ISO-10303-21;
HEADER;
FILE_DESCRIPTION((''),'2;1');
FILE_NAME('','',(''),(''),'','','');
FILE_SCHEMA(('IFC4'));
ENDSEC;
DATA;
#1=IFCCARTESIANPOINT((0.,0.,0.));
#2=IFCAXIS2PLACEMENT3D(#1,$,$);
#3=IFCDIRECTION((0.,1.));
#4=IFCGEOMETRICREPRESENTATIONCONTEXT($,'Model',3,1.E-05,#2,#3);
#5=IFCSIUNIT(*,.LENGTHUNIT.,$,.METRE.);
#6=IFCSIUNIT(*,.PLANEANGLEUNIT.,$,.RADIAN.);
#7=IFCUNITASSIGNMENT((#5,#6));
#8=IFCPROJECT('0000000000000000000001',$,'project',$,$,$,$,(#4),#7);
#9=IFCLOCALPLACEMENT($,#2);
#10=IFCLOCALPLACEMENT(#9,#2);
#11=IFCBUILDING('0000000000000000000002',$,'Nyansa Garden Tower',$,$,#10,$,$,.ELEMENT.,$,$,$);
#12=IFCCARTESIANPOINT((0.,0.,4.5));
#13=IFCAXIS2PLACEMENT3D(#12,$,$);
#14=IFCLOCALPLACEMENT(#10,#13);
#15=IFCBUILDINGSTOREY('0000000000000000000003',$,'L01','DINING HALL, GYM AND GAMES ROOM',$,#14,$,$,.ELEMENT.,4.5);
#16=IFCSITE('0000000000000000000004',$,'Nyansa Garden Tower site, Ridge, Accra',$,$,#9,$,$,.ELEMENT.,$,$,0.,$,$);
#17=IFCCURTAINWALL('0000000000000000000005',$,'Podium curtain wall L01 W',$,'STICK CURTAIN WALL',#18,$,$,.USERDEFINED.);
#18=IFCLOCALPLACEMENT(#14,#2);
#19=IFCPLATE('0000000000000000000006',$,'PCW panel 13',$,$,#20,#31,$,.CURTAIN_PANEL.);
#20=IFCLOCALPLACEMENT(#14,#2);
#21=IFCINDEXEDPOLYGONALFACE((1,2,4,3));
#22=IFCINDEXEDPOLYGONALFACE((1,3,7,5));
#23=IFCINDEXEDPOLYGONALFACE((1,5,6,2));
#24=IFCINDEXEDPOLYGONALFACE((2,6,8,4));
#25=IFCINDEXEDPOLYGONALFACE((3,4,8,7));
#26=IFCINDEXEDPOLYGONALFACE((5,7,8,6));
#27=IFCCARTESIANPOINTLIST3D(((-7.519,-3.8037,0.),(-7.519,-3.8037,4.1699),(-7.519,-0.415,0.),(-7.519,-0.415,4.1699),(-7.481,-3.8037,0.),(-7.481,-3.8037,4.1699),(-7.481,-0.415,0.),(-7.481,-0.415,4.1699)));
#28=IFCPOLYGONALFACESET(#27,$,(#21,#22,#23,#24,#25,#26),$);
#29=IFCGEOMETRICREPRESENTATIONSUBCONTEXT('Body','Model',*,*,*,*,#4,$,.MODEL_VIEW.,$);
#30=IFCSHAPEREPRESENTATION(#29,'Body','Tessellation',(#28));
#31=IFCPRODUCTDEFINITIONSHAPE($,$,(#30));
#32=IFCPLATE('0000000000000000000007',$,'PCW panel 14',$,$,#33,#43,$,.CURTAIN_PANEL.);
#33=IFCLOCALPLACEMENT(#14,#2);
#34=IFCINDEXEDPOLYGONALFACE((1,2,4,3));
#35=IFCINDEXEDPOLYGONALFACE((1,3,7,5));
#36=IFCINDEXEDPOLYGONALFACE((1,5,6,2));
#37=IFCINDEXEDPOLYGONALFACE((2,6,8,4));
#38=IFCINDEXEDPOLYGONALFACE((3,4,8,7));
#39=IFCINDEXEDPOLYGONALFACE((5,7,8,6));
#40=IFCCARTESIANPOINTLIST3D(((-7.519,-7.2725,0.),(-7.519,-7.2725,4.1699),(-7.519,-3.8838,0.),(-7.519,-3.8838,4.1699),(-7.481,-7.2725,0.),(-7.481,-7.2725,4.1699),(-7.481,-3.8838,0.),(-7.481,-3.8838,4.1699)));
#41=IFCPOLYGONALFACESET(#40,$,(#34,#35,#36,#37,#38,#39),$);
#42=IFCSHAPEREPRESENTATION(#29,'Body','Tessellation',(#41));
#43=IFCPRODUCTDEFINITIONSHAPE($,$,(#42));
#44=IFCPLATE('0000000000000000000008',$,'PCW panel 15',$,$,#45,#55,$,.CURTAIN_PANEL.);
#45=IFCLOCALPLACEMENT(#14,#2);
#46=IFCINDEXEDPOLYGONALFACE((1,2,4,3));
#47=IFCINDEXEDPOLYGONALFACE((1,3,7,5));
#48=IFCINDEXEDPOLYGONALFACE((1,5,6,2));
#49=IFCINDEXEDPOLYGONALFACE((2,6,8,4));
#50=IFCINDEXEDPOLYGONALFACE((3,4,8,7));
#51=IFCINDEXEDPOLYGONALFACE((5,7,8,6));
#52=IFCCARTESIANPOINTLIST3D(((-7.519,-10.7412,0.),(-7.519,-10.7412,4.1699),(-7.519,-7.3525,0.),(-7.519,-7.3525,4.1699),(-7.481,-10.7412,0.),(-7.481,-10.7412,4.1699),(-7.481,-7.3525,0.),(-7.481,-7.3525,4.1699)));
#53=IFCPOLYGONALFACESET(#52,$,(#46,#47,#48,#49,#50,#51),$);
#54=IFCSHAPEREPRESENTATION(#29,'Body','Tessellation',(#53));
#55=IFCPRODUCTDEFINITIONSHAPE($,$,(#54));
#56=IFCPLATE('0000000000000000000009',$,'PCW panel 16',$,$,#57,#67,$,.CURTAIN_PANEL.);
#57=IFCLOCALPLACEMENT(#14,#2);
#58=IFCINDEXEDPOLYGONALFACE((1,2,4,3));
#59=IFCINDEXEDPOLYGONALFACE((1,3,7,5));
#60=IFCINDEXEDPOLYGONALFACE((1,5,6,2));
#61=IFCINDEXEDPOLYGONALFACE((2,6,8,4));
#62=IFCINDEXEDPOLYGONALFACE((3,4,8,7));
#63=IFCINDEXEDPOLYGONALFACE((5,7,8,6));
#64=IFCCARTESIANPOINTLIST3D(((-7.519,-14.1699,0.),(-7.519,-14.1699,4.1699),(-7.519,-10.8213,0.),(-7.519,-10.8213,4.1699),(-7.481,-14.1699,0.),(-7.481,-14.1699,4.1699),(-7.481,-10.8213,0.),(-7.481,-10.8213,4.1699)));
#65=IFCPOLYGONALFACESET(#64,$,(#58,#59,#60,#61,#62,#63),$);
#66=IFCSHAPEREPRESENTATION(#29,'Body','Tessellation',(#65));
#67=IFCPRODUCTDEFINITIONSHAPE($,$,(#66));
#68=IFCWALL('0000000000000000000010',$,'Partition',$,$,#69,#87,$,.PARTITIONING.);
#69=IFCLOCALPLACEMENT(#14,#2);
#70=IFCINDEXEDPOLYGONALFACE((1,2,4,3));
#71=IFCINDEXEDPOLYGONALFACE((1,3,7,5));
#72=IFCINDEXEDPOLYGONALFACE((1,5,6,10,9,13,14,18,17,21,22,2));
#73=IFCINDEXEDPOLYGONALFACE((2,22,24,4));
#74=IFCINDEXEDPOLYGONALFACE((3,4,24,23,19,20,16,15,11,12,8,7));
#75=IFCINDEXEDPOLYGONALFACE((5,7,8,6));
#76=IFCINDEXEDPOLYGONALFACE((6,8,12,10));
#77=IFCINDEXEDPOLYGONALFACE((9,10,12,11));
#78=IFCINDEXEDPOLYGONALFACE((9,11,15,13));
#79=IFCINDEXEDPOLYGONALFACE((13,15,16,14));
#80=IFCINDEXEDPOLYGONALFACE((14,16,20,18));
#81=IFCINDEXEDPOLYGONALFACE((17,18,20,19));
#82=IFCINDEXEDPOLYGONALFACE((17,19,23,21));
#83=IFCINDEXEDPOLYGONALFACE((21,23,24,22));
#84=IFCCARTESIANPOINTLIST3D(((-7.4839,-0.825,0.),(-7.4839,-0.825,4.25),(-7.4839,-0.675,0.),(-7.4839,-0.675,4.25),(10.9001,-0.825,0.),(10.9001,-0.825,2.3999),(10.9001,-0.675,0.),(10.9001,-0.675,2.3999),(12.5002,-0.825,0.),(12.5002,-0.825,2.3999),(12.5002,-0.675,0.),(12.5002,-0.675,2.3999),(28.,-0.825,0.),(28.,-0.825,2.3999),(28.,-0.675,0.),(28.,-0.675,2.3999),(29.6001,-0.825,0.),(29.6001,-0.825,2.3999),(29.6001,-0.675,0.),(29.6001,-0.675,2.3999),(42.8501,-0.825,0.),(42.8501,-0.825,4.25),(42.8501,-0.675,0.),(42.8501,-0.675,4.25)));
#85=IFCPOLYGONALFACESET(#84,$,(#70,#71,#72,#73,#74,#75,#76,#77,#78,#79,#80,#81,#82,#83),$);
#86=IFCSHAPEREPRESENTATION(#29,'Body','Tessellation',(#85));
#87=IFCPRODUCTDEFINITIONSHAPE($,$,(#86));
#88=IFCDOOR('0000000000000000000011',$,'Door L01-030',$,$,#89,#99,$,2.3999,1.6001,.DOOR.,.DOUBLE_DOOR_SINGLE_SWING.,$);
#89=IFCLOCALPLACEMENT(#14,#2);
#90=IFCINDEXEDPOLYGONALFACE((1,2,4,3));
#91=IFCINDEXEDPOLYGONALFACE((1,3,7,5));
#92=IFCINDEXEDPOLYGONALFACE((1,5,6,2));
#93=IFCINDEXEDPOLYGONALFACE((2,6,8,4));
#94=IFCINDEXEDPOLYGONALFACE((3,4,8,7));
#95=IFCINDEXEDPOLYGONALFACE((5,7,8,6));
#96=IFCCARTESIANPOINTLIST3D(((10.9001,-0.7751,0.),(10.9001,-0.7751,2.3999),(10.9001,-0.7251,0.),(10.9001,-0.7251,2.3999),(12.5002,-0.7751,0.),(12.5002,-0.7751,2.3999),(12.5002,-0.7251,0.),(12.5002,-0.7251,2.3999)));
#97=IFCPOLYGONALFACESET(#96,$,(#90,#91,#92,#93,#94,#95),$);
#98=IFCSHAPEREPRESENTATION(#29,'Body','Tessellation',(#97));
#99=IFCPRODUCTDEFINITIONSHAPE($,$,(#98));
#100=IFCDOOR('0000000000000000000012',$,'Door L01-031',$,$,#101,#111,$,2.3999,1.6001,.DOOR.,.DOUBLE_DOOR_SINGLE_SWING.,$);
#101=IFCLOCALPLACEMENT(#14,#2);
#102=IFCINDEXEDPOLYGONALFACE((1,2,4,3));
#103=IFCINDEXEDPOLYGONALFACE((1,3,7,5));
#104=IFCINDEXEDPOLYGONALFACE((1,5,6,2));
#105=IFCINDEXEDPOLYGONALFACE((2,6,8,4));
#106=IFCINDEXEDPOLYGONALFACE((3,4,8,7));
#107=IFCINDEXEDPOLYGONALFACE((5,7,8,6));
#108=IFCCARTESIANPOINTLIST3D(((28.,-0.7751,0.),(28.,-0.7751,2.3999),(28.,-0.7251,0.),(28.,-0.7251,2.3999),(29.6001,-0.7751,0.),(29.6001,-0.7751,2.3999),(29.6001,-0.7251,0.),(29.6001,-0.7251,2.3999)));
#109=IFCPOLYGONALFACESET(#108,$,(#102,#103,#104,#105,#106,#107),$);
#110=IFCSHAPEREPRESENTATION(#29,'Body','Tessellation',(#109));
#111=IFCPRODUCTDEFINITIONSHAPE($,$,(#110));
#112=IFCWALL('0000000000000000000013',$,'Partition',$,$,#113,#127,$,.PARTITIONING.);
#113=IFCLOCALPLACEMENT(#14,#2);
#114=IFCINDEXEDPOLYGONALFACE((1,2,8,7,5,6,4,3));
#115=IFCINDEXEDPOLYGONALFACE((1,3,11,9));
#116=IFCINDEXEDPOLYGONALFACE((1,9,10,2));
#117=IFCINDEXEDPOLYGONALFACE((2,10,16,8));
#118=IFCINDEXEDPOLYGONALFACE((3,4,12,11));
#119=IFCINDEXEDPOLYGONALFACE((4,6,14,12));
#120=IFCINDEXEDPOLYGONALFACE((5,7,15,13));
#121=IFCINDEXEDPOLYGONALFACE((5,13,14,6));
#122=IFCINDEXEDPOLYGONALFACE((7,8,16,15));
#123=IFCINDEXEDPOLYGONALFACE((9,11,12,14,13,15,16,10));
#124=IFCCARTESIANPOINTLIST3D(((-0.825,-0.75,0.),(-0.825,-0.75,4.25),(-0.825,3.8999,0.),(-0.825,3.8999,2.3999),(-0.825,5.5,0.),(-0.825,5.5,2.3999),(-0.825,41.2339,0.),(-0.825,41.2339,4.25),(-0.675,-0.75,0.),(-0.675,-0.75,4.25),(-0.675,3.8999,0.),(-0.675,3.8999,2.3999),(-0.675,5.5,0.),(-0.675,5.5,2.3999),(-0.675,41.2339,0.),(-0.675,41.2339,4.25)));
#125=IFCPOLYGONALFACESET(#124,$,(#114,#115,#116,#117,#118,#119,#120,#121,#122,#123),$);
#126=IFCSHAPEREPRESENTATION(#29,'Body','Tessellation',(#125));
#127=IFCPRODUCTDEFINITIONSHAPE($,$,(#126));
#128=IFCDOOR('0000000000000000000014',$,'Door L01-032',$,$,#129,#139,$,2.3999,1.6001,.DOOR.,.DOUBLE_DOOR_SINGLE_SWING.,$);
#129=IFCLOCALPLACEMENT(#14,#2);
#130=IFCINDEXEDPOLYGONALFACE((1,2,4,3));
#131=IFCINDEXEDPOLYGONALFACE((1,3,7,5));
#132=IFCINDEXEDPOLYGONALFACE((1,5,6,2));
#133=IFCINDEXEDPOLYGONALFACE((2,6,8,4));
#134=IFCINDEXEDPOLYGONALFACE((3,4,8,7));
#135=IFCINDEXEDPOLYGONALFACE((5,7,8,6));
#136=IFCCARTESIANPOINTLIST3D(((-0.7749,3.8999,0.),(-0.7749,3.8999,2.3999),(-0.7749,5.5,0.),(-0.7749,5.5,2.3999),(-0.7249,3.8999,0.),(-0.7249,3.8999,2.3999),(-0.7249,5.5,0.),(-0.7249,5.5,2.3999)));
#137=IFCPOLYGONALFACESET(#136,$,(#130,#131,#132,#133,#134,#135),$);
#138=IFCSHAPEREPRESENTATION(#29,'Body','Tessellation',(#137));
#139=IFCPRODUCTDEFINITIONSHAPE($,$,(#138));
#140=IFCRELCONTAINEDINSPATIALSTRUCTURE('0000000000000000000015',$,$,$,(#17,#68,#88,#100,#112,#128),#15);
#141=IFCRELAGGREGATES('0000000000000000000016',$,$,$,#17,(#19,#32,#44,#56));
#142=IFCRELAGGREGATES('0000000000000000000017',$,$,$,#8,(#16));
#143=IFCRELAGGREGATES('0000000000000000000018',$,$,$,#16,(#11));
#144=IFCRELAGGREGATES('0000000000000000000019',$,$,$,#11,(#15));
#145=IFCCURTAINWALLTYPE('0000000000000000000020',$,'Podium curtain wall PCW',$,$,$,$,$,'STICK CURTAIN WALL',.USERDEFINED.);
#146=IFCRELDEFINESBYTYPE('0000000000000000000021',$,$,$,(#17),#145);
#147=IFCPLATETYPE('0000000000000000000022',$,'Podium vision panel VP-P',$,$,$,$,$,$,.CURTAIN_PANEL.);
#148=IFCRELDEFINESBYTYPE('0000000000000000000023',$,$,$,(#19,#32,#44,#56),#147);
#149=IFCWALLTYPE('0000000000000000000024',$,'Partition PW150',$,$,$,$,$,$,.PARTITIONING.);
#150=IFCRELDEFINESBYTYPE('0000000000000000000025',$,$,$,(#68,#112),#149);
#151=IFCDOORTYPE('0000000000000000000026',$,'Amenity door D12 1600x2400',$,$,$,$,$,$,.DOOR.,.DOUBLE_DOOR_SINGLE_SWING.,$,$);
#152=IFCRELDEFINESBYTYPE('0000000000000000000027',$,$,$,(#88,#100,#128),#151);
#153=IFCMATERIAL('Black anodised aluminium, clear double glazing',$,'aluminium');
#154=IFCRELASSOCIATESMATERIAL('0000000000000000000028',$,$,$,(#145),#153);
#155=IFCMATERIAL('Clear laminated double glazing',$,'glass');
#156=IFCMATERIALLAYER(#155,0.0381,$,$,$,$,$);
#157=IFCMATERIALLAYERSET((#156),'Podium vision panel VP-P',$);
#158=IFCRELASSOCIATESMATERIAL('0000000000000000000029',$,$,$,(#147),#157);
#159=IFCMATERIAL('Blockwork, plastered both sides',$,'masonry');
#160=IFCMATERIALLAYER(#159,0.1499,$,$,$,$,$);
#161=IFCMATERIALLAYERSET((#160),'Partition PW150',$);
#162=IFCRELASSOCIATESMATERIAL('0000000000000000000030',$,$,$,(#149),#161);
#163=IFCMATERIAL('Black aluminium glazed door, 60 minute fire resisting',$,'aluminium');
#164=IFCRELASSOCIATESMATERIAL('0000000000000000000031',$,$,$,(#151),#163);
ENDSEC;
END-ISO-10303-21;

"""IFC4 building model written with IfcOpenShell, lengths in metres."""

from ifc_helpers import new_model, si_unit, direction, frame, frame_2d, origin, origin_2d, place, context, subcontext, project, spatial, rectangle, extrude, material, layer, layer_set, type_object, element, fill, aggregate, save


model = new_model("IFC4")

# Units and contexts
model_context = context("Model", 3, precision=1e-05, world=origin(), true_north=direction((0.0, 1.0)))
body_context = subcontext(model_context, "Body", "Model", "MODEL_VIEW")
ifc_project = project(units=[si_unit("LENGTHUNIT", "METRE"), si_unit("PLANEANGLEUNIT", "RADIAN")], contexts=[model_context])

# Site, building, storey
site_placement = place(None, origin())
site = spatial("IfcSite", under=ifc_project, at=site_placement, Name="Nyansa Garden Tower site, Ridge, Accra", CompositionType="ELEMENT", RefElevation=0.0)
building_placement = place(site_placement, origin())
building = spatial("IfcBuilding", under=site, at=building_placement, Name="Nyansa Garden Tower", CompositionType="ELEMENT")
storey_placement = place(building_placement, frame((0.0, 0.0, 4.5)))
storey = spatial("IfcBuildingStorey", under=building, at=storey_placement, Name="L01", Description="DINING HALL, GYM AND GAMES ROOM", CompositionType="ELEMENT", Elevation=4.5)

# Curtain wall
ifc_material_1 = material(Name="Black anodised aluminium, clear double glazing", Category="aluminium")
curtain_wall_type = type_object("IfcCurtainWallType", Name="Podium curtain wall PCW", ElementType="STICK CURTAIN WALL", PredefinedType="USERDEFINED", material=ifc_material_1)
curtain_wall_placement = place(storey_placement, origin())
curtain_wall = element("IfcCurtainWall", 1, at=curtain_wall_placement, inside=storey, type_object=curtain_wall_type, Name="Podium curtain wall L01 W", ObjectType="STICK CURTAIN WALL", PredefinedType="USERDEFINED")

# Plates
ifc_material_2 = material(Name="Clear laminated double glazing", Category="glass")
ifc_layer_1 = layer(ifc_material_2, 0.0381)
ifc_layer_set_1 = layer_set([ifc_layer_1], Name="Podium vision panel VP-P")
plate_type = type_object("IfcPlateType", Name="Podium vision panel VP-P", PredefinedType="CURTAIN_PANEL", material=ifc_layer_set_1)
plate_1_placement = place(storey_placement, frame((-7.5, -2.1094, 0.0), z_axis=(0.0, 0.0, 1.0), x_axis=(0.0, -1.0, 0.0)))
plate_1 = element("IfcPlate", 2, at=plate_1_placement, type_object=plate_type, Name="PCW panel 13", PredefinedType="CURTAIN_PANEL", context=body_context, shape_type="SweptSolid", body=[
    extrude(rectangle(XDim=3.3887, YDim=0.0381, at=origin_2d()), origin(), (0.0, 0.0, 1.0), 4.1699),
])
plate_2_placement = place(storey_placement, frame((-7.5, -5.5781, 0.0), z_axis=(0.0, 0.0, 1.0), x_axis=(0.0, -1.0, 0.0)))
plate_2 = element("IfcPlate", 3, at=plate_2_placement, type_object=plate_type, Name="PCW panel 14", PredefinedType="CURTAIN_PANEL", context=body_context, shape_type="SweptSolid", body=[
    extrude(rectangle(XDim=3.3887, YDim=0.0381, at=origin_2d()), origin(), (0.0, 0.0, 1.0), 4.1699),
])
plate_3_placement = place(storey_placement, frame((-7.5, -9.0469, 0.0), z_axis=(0.0, 0.0, 1.0), x_axis=(0.0, -1.0, 0.0)))
plate_3 = element("IfcPlate", 4, at=plate_3_placement, type_object=plate_type, Name="PCW panel 15", PredefinedType="CURTAIN_PANEL", context=body_context, shape_type="SweptSolid", body=[
    extrude(rectangle(XDim=3.3887, YDim=0.0381, at=origin_2d()), origin(), (0.0, 0.0, 1.0), 4.1699),
])
plate_4_placement = place(storey_placement, frame((-7.5, -12.4956, 0.0), z_axis=(0.0, 0.0, 1.0), x_axis=(0.0, -1.0, 0.0)))
plate_4 = element("IfcPlate", 5, at=plate_4_placement, type_object=plate_type, Name="PCW panel 16", PredefinedType="CURTAIN_PANEL", context=body_context, shape_type="SweptSolid", body=[
    extrude(rectangle(XDim=3.3486, YDim=0.0381, at=origin_2d()), origin(), (0.0, 0.0, 1.0), 4.1699),
])
aggregate(curtain_wall, [plate_1, plate_2, plate_3, plate_4])

# Wall, openings, doors
ifc_material_3 = material(Name="Blockwork, plastered both sides", Category="masonry")
ifc_layer_2 = layer(ifc_material_3, 0.1499)
ifc_layer_set_2 = layer_set([ifc_layer_2], Name="Partition PW150")
wall_type = type_object("IfcWallType", Name="Partition PW150", PredefinedType="PARTITIONING", material=ifc_layer_set_2)
wall_1_placement = place(storey_placement, frame((-7.4839, -0.75, 0.0), z_axis=(0.0, 0.0, 1.0), x_axis=(1.0, 0.0, 0.0)))
wall_1 = element("IfcWall", 6, at=wall_1_placement, inside=storey, type_object=wall_type, Name="Partition", PredefinedType="PARTITIONING", context=body_context, shape_type="SweptSolid", body=[
    extrude(rectangle(XDim=50.334, YDim=0.1499, at=frame_2d((25.167, 0.0))), origin(), (0.0, 0.0, 1.0), 4.25),
])
opening_1_placement = place(wall_1_placement, frame((18.384, 0.0, 0.0)))
opening_1 = element("IfcOpeningElement", 7, at=opening_1_placement, cuts=wall_1, PredefinedType="OPENING", context=body_context, shape_type="SweptSolid", body=[
    extrude(rectangle(XDim=1.6001, YDim=2.3999, at=frame_2d((0.8, 1.2))), frame((0.0, 0.085, 0.0), z_axis=(0.0, -1.0, 0.0), x_axis=(1.0, 0.0, 0.0)), (0.0, 0.0, 1.0), 0.1699),
])
opening_2_placement = place(wall_1_placement, frame((35.4839, 0.0, 0.0)))
opening_2 = element("IfcOpeningElement", 8, at=opening_2_placement, cuts=wall_1, PredefinedType="OPENING", context=body_context, shape_type="SweptSolid", body=[
    extrude(rectangle(XDim=1.6001, YDim=2.3999, at=frame_2d((0.8, 1.2))), frame((0.0, 0.085, 0.0), z_axis=(0.0, -1.0, 0.0), x_axis=(1.0, 0.0, 0.0)), (0.0, 0.0, 1.0), 0.1699),
])
ifc_material_4 = material(Name="Black aluminium glazed door, 60 minute fire resisting", Category="aluminium")
door_type = type_object("IfcDoorType", Name="Amenity door D12 1600x2400", OperationType="DOUBLE_DOOR_SINGLE_SWING", PredefinedType="DOOR", material=ifc_material_4)
door_1_placement = place(opening_1_placement, origin())
door_1 = element("IfcDoor", 9, at=door_1_placement, inside=storey, type_object=door_type, Name="Door L01-030", OperationType="DOUBLE_DOOR_SINGLE_SWING", OverallHeight=2.3999, OverallWidth=1.6001, PredefinedType="DOOR", context=body_context, shape_type="SweptSolid", body=[
    extrude(rectangle(XDim=1.6001, YDim=2.3999, at=frame_2d((0.8, 1.2))), frame((0.0, 0.0249, 0.0), z_axis=(0.0, -1.0, 0.0), x_axis=(1.0, 0.0, 0.0)), (0.0, 0.0, 1.0), 0.05),
])
fill(opening_1, door_1)
door_2_placement = place(opening_2_placement, origin())
door_2 = element("IfcDoor", 10, at=door_2_placement, inside=storey, type_object=door_type, Name="Door L01-031", OperationType="DOUBLE_DOOR_SINGLE_SWING", OverallHeight=2.3999, OverallWidth=1.6001, PredefinedType="DOOR", context=body_context, shape_type="SweptSolid", body=[
    extrude(rectangle(XDim=1.6001, YDim=2.3999, at=frame_2d((0.8, 1.2))), frame((0.0, 0.0249, 0.0), z_axis=(0.0, -1.0, 0.0), x_axis=(1.0, 0.0, 0.0)), (0.0, 0.0, 1.0), 0.05),
])
fill(opening_2, door_2)

# Wall, opening, door
wall_2_placement = place(storey_placement, frame((-0.75, -0.75, 0.0), z_axis=(0.0, 0.0, 1.0), x_axis=(0.0, 1.0, 0.0)))
wall_2 = element("IfcWall", 11, at=wall_2_placement, inside=storey, type_object=wall_type, Name="Partition", PredefinedType="PARTITIONING", context=body_context, shape_type="SweptSolid", body=[
    extrude(rectangle(XDim=41.9839, YDim=0.1499, at=frame_2d((20.9919, 0.0))), origin(), (0.0, 0.0, 1.0), 4.25),
])
opening_3_placement = place(wall_2_placement, frame((4.6499, 0.0, 0.0)))
opening_3 = element("IfcOpeningElement", 12, at=opening_3_placement, cuts=wall_2, PredefinedType="OPENING", context=body_context, shape_type="SweptSolid", body=[
    extrude(rectangle(XDim=1.6001, YDim=2.3999, at=frame_2d((0.8, 1.2))), frame((0.0, 0.085, 0.0), z_axis=(0.0, -1.0, 0.0), x_axis=(1.0, 0.0, 0.0)), (0.0, 0.0, 1.0), 0.1699),
])
door_3_placement = place(opening_3_placement, origin())
door_3 = element("IfcDoor", 13, at=door_3_placement, inside=storey, type_object=door_type, Name="Door L01-032", OperationType="DOUBLE_DOOR_SINGLE_SWING", OverallHeight=2.3999, OverallWidth=1.6001, PredefinedType="DOOR", context=body_context, shape_type="SweptSolid", body=[
    extrude(rectangle(XDim=1.6001, YDim=2.3999, at=frame_2d((0.8, 1.2))), frame((0.0, 0.0249, 0.0), z_axis=(0.0, -1.0, 0.0), x_axis=(1.0, 0.0, 0.0)), (0.0, 0.0, 1.0), 0.05),
])
fill(opening_3, door_3)

save(model, "model.ifc")
